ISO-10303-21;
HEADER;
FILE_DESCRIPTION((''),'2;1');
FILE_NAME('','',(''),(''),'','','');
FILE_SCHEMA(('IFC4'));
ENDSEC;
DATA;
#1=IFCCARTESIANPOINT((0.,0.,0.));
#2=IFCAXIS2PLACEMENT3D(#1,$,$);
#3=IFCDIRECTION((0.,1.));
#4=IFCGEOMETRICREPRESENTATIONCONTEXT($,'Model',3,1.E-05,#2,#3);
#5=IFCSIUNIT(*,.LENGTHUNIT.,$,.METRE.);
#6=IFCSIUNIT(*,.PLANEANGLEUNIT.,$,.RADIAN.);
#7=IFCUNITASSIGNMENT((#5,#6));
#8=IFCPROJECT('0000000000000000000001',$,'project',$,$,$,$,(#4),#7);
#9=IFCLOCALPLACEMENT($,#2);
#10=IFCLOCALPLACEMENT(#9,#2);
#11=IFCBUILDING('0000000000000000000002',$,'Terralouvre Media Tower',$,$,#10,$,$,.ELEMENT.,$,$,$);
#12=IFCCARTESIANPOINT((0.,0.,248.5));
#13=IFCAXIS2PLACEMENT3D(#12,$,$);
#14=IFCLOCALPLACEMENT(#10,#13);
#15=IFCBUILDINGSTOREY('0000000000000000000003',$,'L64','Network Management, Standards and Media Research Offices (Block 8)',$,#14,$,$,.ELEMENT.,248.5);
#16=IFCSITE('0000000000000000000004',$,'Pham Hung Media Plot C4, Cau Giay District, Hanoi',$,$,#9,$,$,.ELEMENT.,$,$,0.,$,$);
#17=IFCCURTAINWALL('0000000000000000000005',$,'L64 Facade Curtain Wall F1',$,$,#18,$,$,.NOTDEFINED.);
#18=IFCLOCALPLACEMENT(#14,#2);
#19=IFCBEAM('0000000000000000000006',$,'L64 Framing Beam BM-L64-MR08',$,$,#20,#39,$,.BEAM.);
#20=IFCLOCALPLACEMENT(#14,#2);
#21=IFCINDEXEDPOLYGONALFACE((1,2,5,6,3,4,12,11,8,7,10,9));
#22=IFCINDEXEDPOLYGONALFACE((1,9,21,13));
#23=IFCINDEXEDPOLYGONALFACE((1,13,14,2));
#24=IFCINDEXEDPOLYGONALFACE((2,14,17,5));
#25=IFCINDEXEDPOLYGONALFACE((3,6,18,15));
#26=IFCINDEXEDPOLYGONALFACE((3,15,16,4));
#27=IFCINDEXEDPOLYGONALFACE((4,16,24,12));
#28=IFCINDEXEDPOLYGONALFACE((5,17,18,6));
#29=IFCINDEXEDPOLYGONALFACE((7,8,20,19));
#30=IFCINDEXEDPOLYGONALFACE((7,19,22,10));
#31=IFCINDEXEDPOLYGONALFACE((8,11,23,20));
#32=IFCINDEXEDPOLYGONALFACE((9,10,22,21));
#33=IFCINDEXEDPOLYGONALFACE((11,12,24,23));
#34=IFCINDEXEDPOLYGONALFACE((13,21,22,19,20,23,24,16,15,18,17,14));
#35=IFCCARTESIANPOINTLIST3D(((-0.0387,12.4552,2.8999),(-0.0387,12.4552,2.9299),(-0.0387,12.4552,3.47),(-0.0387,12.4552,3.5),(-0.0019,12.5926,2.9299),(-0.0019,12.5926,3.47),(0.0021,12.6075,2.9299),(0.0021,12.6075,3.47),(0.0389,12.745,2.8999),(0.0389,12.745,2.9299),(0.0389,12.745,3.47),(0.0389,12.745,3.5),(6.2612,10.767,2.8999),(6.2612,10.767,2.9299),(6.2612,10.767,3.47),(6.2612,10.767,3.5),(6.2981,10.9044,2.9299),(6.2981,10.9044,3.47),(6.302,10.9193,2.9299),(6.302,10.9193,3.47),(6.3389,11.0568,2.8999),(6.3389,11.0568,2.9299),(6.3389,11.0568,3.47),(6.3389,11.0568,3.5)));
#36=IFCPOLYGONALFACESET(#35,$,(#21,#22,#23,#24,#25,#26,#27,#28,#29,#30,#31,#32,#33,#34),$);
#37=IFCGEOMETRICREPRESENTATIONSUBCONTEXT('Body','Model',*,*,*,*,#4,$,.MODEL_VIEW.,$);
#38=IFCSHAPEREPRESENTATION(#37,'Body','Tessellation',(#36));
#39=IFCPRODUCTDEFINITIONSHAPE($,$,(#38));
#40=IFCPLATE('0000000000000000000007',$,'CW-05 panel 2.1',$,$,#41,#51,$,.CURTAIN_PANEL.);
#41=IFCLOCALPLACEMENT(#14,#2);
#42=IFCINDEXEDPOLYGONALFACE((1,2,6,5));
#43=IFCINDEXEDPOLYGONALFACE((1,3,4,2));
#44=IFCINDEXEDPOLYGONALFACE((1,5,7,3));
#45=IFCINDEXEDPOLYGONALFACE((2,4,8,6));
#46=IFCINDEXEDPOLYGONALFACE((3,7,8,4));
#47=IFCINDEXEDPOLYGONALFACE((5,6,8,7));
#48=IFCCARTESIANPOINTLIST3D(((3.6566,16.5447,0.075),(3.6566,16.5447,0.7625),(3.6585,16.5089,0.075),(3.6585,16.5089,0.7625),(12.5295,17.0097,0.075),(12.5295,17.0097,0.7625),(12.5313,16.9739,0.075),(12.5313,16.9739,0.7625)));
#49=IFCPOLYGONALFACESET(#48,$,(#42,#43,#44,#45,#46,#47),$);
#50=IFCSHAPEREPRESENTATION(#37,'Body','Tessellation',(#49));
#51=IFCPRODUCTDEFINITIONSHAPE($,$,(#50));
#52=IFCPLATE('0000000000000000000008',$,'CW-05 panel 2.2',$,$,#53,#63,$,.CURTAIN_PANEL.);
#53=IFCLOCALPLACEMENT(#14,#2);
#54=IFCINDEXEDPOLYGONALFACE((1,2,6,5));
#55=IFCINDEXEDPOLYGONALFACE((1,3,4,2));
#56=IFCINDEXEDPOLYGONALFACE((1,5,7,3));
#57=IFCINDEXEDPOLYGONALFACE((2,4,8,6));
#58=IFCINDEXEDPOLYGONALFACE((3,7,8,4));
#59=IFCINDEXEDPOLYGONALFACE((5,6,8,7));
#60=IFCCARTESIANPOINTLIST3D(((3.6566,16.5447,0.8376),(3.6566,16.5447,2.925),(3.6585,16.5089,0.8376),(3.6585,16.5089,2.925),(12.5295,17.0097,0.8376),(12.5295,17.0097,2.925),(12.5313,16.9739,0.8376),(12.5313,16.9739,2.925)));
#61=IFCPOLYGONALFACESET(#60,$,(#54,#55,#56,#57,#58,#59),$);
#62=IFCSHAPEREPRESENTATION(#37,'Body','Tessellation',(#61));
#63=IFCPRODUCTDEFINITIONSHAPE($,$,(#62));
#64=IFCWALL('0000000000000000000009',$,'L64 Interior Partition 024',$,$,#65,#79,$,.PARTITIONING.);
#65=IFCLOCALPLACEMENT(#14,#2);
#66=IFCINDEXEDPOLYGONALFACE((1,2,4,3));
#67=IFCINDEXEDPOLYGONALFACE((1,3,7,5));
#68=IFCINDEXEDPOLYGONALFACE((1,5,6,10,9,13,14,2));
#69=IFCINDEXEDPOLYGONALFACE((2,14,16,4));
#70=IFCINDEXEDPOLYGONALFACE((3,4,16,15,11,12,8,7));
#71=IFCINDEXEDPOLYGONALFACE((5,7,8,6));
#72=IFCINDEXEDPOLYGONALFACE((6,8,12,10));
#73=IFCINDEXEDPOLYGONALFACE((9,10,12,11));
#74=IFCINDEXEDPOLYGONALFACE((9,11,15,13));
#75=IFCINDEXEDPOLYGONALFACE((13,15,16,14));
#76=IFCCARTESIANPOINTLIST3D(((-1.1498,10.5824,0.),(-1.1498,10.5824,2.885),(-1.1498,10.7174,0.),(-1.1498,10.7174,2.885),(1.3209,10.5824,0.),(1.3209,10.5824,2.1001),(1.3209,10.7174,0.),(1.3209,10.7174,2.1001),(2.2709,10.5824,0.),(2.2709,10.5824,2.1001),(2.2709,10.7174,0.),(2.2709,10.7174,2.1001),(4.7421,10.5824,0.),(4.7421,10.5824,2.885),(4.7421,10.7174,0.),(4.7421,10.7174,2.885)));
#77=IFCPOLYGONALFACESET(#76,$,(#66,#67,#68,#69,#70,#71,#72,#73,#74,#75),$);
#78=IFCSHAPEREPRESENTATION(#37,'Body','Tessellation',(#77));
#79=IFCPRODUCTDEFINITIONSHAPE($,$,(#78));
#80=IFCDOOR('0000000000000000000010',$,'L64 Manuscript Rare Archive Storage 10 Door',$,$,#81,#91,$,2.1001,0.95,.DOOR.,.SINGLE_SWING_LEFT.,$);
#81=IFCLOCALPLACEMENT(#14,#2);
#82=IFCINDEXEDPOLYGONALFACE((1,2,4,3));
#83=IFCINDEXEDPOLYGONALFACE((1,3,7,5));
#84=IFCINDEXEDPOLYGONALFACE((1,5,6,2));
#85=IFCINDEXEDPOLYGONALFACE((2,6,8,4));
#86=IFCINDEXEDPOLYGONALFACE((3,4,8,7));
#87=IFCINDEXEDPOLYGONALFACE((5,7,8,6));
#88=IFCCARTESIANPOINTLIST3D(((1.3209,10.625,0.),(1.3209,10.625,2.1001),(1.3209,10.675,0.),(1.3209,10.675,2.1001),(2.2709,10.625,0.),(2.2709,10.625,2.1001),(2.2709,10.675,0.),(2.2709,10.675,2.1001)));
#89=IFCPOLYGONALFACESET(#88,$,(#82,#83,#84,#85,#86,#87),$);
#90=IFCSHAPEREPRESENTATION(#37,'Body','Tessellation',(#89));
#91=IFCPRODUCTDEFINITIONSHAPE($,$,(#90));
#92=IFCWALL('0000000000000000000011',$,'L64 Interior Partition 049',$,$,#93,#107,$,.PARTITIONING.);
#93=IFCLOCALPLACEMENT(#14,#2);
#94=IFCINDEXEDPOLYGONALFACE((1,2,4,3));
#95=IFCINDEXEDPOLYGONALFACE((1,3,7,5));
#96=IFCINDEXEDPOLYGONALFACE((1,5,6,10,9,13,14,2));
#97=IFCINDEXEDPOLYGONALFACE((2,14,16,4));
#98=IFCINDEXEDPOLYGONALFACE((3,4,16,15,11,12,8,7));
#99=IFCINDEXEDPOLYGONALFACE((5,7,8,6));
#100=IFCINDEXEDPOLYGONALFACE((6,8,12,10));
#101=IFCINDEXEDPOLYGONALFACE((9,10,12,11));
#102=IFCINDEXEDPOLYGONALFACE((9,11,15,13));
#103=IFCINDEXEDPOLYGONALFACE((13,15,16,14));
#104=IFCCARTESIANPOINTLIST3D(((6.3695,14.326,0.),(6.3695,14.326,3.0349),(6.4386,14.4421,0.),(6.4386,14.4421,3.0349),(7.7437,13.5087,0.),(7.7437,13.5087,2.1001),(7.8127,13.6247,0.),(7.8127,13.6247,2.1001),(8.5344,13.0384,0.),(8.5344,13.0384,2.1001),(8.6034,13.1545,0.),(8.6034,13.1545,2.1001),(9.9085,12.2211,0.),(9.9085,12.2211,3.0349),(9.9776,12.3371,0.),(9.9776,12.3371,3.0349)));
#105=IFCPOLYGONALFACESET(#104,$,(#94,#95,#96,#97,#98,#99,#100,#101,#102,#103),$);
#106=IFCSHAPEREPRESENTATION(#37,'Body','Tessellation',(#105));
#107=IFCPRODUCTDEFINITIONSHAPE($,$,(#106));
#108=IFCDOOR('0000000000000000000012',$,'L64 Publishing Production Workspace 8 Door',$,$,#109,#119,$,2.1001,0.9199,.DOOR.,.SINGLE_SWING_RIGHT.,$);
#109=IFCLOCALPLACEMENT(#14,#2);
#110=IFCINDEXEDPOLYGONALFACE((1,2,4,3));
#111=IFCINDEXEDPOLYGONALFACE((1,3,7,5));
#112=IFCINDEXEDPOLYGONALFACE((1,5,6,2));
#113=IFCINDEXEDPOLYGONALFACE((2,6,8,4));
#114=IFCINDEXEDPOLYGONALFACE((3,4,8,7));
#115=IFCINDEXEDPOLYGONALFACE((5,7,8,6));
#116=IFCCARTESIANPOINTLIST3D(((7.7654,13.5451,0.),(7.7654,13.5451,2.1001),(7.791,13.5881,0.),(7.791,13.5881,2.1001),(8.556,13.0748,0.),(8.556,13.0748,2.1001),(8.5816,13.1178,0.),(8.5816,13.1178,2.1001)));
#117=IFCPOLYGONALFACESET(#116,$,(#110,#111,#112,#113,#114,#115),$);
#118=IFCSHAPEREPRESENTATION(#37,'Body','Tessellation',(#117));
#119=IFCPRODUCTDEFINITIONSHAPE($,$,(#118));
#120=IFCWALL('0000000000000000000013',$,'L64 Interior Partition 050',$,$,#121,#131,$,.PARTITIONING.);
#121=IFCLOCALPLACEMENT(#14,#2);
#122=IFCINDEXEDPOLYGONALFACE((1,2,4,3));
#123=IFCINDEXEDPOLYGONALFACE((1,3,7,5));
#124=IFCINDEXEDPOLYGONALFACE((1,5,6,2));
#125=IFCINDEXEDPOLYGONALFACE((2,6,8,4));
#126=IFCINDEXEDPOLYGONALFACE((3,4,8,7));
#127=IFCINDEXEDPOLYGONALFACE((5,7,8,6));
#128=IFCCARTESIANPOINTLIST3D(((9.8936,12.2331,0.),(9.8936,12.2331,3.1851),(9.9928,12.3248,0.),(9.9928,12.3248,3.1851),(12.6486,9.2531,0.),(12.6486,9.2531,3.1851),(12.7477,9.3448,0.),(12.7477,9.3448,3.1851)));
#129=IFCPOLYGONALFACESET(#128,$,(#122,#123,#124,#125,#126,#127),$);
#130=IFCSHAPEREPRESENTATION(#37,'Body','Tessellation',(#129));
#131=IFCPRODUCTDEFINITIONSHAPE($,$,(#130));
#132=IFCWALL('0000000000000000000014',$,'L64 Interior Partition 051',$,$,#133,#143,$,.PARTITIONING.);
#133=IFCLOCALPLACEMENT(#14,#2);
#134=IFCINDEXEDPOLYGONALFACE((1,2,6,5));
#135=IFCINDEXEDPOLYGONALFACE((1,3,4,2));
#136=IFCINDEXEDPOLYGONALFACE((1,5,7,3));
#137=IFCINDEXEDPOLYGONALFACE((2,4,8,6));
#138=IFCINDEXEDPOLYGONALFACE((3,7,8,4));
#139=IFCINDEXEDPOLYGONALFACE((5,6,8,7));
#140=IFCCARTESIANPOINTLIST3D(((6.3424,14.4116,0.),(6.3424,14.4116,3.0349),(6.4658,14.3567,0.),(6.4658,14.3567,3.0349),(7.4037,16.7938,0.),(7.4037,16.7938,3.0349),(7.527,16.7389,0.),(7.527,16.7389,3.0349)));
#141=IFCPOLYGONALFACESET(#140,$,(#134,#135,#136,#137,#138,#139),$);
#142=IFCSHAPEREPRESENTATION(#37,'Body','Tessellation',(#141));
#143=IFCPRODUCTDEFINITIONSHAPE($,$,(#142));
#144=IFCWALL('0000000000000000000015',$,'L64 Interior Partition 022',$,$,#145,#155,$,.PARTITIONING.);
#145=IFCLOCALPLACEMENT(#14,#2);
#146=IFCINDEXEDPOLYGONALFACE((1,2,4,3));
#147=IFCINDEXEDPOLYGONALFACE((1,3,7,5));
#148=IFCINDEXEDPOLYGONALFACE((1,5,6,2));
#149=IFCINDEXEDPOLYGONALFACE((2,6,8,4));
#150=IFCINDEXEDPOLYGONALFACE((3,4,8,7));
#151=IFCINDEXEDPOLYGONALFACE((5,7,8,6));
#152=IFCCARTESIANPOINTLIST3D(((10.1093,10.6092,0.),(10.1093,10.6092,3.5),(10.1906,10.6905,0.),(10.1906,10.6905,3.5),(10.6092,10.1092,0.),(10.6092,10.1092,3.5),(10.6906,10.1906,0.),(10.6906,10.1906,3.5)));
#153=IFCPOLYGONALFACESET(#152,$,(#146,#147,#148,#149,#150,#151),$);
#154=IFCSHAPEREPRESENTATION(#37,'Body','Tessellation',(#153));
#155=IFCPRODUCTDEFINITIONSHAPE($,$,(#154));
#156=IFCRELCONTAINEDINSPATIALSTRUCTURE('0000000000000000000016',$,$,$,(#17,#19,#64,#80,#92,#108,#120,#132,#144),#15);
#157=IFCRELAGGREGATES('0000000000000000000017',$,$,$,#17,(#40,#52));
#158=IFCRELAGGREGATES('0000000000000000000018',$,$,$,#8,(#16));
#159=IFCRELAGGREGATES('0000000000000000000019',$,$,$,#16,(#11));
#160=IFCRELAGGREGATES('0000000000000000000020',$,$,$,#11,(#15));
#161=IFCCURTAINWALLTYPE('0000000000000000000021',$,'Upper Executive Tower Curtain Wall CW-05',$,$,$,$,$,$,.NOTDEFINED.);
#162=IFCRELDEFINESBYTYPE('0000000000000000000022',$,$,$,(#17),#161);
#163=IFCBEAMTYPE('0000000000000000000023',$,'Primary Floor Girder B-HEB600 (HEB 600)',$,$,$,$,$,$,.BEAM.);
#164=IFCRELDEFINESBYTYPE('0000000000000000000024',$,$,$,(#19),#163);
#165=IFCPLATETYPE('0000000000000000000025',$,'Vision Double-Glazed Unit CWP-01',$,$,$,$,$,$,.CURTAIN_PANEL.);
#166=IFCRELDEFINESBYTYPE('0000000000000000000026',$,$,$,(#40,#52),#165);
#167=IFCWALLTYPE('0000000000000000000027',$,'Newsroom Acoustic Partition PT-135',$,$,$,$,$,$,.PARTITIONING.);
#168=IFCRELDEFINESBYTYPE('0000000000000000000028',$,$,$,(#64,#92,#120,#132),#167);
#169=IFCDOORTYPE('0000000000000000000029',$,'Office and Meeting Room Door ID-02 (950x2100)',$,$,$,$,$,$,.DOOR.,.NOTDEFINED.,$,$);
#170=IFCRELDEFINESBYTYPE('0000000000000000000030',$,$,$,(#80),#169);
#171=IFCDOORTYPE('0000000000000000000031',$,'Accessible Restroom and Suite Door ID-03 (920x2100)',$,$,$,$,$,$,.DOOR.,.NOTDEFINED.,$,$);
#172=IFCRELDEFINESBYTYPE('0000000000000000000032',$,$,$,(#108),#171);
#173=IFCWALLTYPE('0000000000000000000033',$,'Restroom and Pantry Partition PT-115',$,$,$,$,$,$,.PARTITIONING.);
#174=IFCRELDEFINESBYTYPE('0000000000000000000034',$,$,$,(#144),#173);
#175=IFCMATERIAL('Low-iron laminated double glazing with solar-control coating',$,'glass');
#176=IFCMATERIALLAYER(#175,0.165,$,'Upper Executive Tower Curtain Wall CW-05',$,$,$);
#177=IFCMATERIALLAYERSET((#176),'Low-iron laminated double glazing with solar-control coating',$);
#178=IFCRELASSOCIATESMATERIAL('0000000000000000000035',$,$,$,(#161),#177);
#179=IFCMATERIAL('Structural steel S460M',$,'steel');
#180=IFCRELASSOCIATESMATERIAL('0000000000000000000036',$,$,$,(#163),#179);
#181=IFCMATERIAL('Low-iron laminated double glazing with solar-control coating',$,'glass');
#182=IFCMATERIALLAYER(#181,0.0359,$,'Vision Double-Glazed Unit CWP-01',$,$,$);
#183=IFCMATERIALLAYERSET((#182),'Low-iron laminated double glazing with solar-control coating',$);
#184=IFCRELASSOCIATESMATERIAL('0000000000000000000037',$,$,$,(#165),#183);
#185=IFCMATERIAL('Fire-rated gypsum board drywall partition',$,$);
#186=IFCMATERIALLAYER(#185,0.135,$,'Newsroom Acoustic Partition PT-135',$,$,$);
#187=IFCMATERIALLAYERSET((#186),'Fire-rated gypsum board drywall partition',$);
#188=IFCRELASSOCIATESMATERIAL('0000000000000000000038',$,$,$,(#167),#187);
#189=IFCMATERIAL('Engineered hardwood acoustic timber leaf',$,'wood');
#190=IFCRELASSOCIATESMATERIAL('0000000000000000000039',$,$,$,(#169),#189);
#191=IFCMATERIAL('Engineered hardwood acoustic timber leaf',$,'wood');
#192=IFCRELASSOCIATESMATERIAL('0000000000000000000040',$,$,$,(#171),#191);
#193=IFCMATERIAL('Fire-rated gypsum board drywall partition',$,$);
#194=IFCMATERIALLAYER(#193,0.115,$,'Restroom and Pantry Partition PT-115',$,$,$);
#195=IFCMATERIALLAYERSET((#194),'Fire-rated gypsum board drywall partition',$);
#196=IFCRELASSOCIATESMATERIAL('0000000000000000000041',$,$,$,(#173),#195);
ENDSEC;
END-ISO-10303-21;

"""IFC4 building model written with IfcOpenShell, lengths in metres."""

from ifc_helpers import new_model, si_unit, direction, frame, frame_2d, origin, origin_2d, place, context, subcontext, project, spatial, rectangle, i_section, extrude, material, layer, layer_set, material_profile, profile_set, type_object, element, fill, aggregate, save


model = new_model("IFC4")

# Units and contexts
model_context = context("Model", 3, precision=1e-05, world=origin(), true_north=direction((0.0, 1.0)))
body_context = subcontext(model_context, "Body", "Model", "MODEL_VIEW")
ifc_project = project(units=[si_unit("LENGTHUNIT", "METRE"), si_unit("PLANEANGLEUNIT", "RADIAN")], contexts=[model_context])

# Site, building, storey
site_placement = place(None, origin())
site = spatial("IfcSite", under=ifc_project, at=site_placement, Name="Pham Hung Media Plot C4, Cau Giay District, Hanoi", CompositionType="ELEMENT", RefElevation=0.0)
building_placement = place(site_placement, origin())
building = spatial("IfcBuilding", under=site, at=building_placement, Name="Terralouvre Media Tower", CompositionType="ELEMENT")
storey_placement = place(building_placement, frame((0.0, 0.0, 248.5)))
storey = spatial("IfcBuildingStorey", under=building, at=storey_placement, Name="L64", Description="Network Management, Standards and Media Research Offices (Block 8)", CompositionType="ELEMENT", Elevation=248.5)

# Curtain wall
ifc_material_1 = material(Name="Low-iron laminated double glazing with solar-control coating", Category="glass")
ifc_layer_1 = layer(ifc_material_1, 0.165, Name="Upper Executive Tower Curtain Wall CW-05")
ifc_layer_set_1 = layer_set([ifc_layer_1], Name="Low-iron laminated double glazing with solar-control coating")
curtain_wall_type = type_object("IfcCurtainWallType", Name="Upper Executive Tower Curtain Wall CW-05", PredefinedType="NOTDEFINED", material=ifc_layer_set_1)
curtain_wall_placement = place(storey_placement, origin())
curtain_wall = element("IfcCurtainWall", 1, at=curtain_wall_placement, inside=storey, type_object=curtain_wall_type, Name="L64 Facade Curtain Wall F1", PredefinedType="NOTDEFINED")

# Beam
ifc_material_2 = material(Name="Structural steel S460M", Category="steel")
ifc_material_profile_1 = material_profile(ifc_material_2, i_section(OverallWidth=0.3, OverallDepth=0.6001, WebThickness=0.0154, FlangeThickness=0.03, at=origin_2d()), Name="HEB 600")
ifc_profile_set_1 = profile_set([ifc_material_profile_1], Name="Structural steel S460M")
beam_type_1 = type_object("IfcBeamType", Name="Primary Floor Girder B-HEB600 (HEB 600)", PredefinedType="BEAM", material=ifc_profile_set_1)
beam_1_placement = place(storey_placement, frame((6.3, 10.9119, 3.2), z_axis=(-0.96592, 0.258839, 0.0), x_axis=(-0.258839, -0.96592, 0.0)))
element("IfcBeam", 2, at=beam_1_placement, inside=storey, type_object=beam_type_1, Name="L64 Framing Beam BM-L64-MR08", PredefinedType="BEAM", context=body_context, shape_type="SweptSolid", body=[
    extrude(i_section(OverallWidth=0.3, OverallDepth=0.6001, WebThickness=0.0154, FlangeThickness=0.03, at=origin_2d()), origin(), (0.0, 0.0, 1.0), 6.5222),
])

# Plates
ifc_material_3 = material(Name="Low-iron laminated double glazing with solar-control coating", Category="glass")
ifc_layer_2 = layer(ifc_material_3, 0.0359, Name="Vision Double-Glazed Unit CWP-01")
ifc_layer_set_2 = layer_set([ifc_layer_2], Name="Low-iron laminated double glazing with solar-control coating")
plate_type = type_object("IfcPlateType", Name="Vision Double-Glazed Unit CWP-01", PredefinedType="CURTAIN_PANEL", material=ifc_layer_set_2)
plate_1_placement = place(storey_placement, frame((8.094, 16.7593, 0.075), z_axis=(0.0, 0.0, 1.0), x_axis=(-0.99863, -0.052336, 0.0)))
plate_1 = element("IfcPlate", 3, at=plate_1_placement, type_object=plate_type, Name="CW-05 panel 2.1", PredefinedType="CURTAIN_PANEL", context=body_context, shape_type="SweptSolid", body=[
    extrude(rectangle(XDim=8.885, YDim=0.0359, at=origin_2d()), origin(), (0.0, 0.0, 1.0), 0.6875),
])
plate_2_placement = place(storey_placement, frame((8.094, 16.7593, 0.8376), z_axis=(0.0, 0.0, 1.0), x_axis=(-0.99863, -0.052336, 0.0)))
plate_2 = element("IfcPlate", 4, at=plate_2_placement, type_object=plate_type, Name="CW-05 panel 2.2", PredefinedType="CURTAIN_PANEL", context=body_context, shape_type="SweptSolid", body=[
    extrude(rectangle(XDim=8.885, YDim=0.0359, at=origin_2d()), origin(), (0.0, 0.0, 1.0), 2.0874),
])
aggregate(curtain_wall, [plate_1, plate_2])

# Walls, openings, doors
ifc_material_4 = material(Name="Fire-rated gypsum board drywall partition")
ifc_layer_3 = layer(ifc_material_4, 0.135, Name="Newsroom Acoustic Partition PT-135")
ifc_layer_set_3 = layer_set([ifc_layer_3], Name="Fire-rated gypsum board drywall partition")
wall_type_1 = type_object("IfcWallType", Name="Newsroom Acoustic Partition PT-135", PredefinedType="PARTITIONING", material=ifc_layer_set_3)
wall_1_placement = place(storey_placement, frame((4.7419, 10.6499, 0.0), z_axis=(0.0, 0.0, 1.0), x_axis=(-1.0, 0.0, 0.0)))
wall_1 = element("IfcWall", 5, at=wall_1_placement, inside=storey, type_object=wall_type_1, Name="L64 Interior Partition 024", PredefinedType="PARTITIONING", context=body_context, shape_type="SweptSolid", body=[
    extrude(rectangle(XDim=5.8918, YDim=0.135, at=frame_2d((2.9458, 0.0))), origin(), (0.0, 0.0, 1.0), 2.885),
])
opening_1_placement = place(wall_1_placement, frame((2.4709, 0.0, 0.0)))
opening_1 = element("IfcOpeningElement", 6, at=opening_1_placement, cuts=wall_1, PredefinedType="OPENING", context=body_context, shape_type="SweptSolid", body=[
    extrude(rectangle(XDim=0.95, YDim=2.1001, at=frame_2d((0.4751, 1.05))), frame((0.0, 0.0774, 0.0), z_axis=(0.0, -1.0, 0.0), x_axis=(1.0, 0.0, 0.0)), (0.0, 0.0, 1.0), 0.155),
])
ifc_material_5 = material(Name="Engineered hardwood acoustic timber leaf", Category="wood")
door_type_1 = type_object("IfcDoorType", Name="Office and Meeting Room Door ID-02 (950x2100)", OperationType="NOTDEFINED", PredefinedType="DOOR", material=ifc_material_5)
door_1_placement = place(opening_1_placement, origin())
door_1 = element("IfcDoor", 7, at=door_1_placement, inside=storey, type_object=door_type_1, Name="L64 Manuscript Rare Archive Storage 10 Door", OperationType="SINGLE_SWING_LEFT", OverallHeight=2.1001, OverallWidth=0.95, PredefinedType="DOOR", context=body_context, shape_type="SweptSolid", body=[
    extrude(rectangle(XDim=0.95, YDim=2.1001, at=frame_2d((0.4751, 1.05))), frame((0.0, 0.0249, 0.0), z_axis=(0.0, -1.0, 0.0), x_axis=(1.0, 0.0, 0.0)), (0.0, 0.0, 1.0), 0.05),
])
fill(opening_1, door_1)
wall_2_placement = place(storey_placement, frame((6.4041, 14.384, 0.0), z_axis=(0.0, 0.0, 1.0), x_axis=(0.859464, -0.511196, 0.0)))
wall_2 = element("IfcWall", 8, at=wall_2_placement, inside=storey, type_object=wall_type_1, Name="L64 Interior Partition 049", PredefinedType="PARTITIONING", context=body_context, shape_type="SweptSolid", body=[
    extrude(rectangle(XDim=4.1177, YDim=0.135, at=frame_2d((2.0588, 0.0))), origin(), (0.0, 0.0, 1.0), 3.0349),
])
opening_2_placement = place(wall_2_placement, frame((1.5989, 0.0, 0.0)))
opening_2 = element("IfcOpeningElement", 9, at=opening_2_placement, cuts=wall_2, PredefinedType="OPENING", context=body_context, shape_type="SweptSolid", body=[
    extrude(rectangle(XDim=0.9199, YDim=2.1001, at=frame_2d((0.46, 1.05))), frame((0.0, 0.0774, 0.0), z_axis=(0.0, -1.0, 0.0), x_axis=(1.0, 0.0, 0.0)), (0.0, 0.0, 1.0), 0.155),
])
ifc_material_6 = material(Name="Engineered hardwood acoustic timber leaf", Category="wood")
door_type_2 = type_object("IfcDoorType", Name="Accessible Restroom and Suite Door ID-03 (920x2100)", OperationType="NOTDEFINED", PredefinedType="DOOR", material=ifc_material_6)
door_2_placement = place(opening_2_placement, origin())
door_2 = element("IfcDoor", 10, at=door_2_placement, inside=storey, type_object=door_type_2, Name="L64 Publishing Production Workspace 8 Door", OperationType="SINGLE_SWING_RIGHT", OverallHeight=2.1001, OverallWidth=0.9199, PredefinedType="DOOR", context=body_context, shape_type="SweptSolid", body=[
    extrude(rectangle(XDim=0.9199, YDim=2.1001, at=frame_2d((0.46, 1.05))), frame((0.0, 0.0249, 0.0), z_axis=(0.0, -1.0, 0.0), x_axis=(1.0, 0.0, 0.0)), (0.0, 0.0, 1.0), 0.05),
])
fill(opening_2, door_2)

# Walls
wall_3_placement = place(storey_placement, frame((9.9431, 12.2791, 0.0), z_axis=(0.0, 0.0, 1.0), x_axis=(0.67883, -0.734296, 0.0)))
element("IfcWall", 11, at=wall_3_placement, inside=storey, type_object=wall_type_1, Name="L64 Interior Partition 050", PredefinedType="PARTITIONING", context=body_context, shape_type="SweptSolid", body=[
    extrude(rectangle(XDim=4.0583, YDim=0.135, at=frame_2d((2.0293, 0.0))), origin(), (0.0, 0.0, 1.0), 3.1851),
])
wall_4_placement = place(storey_placement, frame((7.4653, 16.7664, 0.0), z_axis=(0.0, 0.0, 1.0), x_axis=(-0.406929, -0.91346, 0.0)))
element("IfcWall", 12, at=wall_4_placement, inside=storey, type_object=wall_type_1, Name="L64 Interior Partition 051", PredefinedType="PARTITIONING", context=body_context, shape_type="SweptSolid", body=[
    extrude(rectangle(XDim=2.6079, YDim=0.135, at=frame_2d((1.304, 0.0))), origin(), (0.0, 0.0, 1.0), 3.0349),
])
ifc_material_7 = material(Name="Fire-rated gypsum board drywall partition")
ifc_layer_4 = layer(ifc_material_7, 0.115, Name="Restroom and Pantry Partition PT-115")
ifc_layer_set_4 = layer_set([ifc_layer_4], Name="Fire-rated gypsum board drywall partition")
wall_type_2 = type_object("IfcWallType", Name="Restroom and Pantry Partition PT-115", PredefinedType="PARTITIONING", material=ifc_layer_set_4)
wall_5_placement = place(storey_placement, frame((10.6499, 10.1499, 0.0), z_axis=(0.0, 0.0, 1.0), x_axis=(-0.707107, 0.707107, 0.0)))
element("IfcWall", 13, at=wall_5_placement, inside=storey, type_object=wall_type_2, Name="L64 Interior Partition 022", PredefinedType="PARTITIONING", context=body_context, shape_type="SweptSolid", body=[
    extrude(rectangle(XDim=0.707, YDim=0.115, at=frame_2d((0.3535, 0.0))), origin(), (0.0, 0.0, 1.0), 3.5),
])

save(model, "model.ifc")
